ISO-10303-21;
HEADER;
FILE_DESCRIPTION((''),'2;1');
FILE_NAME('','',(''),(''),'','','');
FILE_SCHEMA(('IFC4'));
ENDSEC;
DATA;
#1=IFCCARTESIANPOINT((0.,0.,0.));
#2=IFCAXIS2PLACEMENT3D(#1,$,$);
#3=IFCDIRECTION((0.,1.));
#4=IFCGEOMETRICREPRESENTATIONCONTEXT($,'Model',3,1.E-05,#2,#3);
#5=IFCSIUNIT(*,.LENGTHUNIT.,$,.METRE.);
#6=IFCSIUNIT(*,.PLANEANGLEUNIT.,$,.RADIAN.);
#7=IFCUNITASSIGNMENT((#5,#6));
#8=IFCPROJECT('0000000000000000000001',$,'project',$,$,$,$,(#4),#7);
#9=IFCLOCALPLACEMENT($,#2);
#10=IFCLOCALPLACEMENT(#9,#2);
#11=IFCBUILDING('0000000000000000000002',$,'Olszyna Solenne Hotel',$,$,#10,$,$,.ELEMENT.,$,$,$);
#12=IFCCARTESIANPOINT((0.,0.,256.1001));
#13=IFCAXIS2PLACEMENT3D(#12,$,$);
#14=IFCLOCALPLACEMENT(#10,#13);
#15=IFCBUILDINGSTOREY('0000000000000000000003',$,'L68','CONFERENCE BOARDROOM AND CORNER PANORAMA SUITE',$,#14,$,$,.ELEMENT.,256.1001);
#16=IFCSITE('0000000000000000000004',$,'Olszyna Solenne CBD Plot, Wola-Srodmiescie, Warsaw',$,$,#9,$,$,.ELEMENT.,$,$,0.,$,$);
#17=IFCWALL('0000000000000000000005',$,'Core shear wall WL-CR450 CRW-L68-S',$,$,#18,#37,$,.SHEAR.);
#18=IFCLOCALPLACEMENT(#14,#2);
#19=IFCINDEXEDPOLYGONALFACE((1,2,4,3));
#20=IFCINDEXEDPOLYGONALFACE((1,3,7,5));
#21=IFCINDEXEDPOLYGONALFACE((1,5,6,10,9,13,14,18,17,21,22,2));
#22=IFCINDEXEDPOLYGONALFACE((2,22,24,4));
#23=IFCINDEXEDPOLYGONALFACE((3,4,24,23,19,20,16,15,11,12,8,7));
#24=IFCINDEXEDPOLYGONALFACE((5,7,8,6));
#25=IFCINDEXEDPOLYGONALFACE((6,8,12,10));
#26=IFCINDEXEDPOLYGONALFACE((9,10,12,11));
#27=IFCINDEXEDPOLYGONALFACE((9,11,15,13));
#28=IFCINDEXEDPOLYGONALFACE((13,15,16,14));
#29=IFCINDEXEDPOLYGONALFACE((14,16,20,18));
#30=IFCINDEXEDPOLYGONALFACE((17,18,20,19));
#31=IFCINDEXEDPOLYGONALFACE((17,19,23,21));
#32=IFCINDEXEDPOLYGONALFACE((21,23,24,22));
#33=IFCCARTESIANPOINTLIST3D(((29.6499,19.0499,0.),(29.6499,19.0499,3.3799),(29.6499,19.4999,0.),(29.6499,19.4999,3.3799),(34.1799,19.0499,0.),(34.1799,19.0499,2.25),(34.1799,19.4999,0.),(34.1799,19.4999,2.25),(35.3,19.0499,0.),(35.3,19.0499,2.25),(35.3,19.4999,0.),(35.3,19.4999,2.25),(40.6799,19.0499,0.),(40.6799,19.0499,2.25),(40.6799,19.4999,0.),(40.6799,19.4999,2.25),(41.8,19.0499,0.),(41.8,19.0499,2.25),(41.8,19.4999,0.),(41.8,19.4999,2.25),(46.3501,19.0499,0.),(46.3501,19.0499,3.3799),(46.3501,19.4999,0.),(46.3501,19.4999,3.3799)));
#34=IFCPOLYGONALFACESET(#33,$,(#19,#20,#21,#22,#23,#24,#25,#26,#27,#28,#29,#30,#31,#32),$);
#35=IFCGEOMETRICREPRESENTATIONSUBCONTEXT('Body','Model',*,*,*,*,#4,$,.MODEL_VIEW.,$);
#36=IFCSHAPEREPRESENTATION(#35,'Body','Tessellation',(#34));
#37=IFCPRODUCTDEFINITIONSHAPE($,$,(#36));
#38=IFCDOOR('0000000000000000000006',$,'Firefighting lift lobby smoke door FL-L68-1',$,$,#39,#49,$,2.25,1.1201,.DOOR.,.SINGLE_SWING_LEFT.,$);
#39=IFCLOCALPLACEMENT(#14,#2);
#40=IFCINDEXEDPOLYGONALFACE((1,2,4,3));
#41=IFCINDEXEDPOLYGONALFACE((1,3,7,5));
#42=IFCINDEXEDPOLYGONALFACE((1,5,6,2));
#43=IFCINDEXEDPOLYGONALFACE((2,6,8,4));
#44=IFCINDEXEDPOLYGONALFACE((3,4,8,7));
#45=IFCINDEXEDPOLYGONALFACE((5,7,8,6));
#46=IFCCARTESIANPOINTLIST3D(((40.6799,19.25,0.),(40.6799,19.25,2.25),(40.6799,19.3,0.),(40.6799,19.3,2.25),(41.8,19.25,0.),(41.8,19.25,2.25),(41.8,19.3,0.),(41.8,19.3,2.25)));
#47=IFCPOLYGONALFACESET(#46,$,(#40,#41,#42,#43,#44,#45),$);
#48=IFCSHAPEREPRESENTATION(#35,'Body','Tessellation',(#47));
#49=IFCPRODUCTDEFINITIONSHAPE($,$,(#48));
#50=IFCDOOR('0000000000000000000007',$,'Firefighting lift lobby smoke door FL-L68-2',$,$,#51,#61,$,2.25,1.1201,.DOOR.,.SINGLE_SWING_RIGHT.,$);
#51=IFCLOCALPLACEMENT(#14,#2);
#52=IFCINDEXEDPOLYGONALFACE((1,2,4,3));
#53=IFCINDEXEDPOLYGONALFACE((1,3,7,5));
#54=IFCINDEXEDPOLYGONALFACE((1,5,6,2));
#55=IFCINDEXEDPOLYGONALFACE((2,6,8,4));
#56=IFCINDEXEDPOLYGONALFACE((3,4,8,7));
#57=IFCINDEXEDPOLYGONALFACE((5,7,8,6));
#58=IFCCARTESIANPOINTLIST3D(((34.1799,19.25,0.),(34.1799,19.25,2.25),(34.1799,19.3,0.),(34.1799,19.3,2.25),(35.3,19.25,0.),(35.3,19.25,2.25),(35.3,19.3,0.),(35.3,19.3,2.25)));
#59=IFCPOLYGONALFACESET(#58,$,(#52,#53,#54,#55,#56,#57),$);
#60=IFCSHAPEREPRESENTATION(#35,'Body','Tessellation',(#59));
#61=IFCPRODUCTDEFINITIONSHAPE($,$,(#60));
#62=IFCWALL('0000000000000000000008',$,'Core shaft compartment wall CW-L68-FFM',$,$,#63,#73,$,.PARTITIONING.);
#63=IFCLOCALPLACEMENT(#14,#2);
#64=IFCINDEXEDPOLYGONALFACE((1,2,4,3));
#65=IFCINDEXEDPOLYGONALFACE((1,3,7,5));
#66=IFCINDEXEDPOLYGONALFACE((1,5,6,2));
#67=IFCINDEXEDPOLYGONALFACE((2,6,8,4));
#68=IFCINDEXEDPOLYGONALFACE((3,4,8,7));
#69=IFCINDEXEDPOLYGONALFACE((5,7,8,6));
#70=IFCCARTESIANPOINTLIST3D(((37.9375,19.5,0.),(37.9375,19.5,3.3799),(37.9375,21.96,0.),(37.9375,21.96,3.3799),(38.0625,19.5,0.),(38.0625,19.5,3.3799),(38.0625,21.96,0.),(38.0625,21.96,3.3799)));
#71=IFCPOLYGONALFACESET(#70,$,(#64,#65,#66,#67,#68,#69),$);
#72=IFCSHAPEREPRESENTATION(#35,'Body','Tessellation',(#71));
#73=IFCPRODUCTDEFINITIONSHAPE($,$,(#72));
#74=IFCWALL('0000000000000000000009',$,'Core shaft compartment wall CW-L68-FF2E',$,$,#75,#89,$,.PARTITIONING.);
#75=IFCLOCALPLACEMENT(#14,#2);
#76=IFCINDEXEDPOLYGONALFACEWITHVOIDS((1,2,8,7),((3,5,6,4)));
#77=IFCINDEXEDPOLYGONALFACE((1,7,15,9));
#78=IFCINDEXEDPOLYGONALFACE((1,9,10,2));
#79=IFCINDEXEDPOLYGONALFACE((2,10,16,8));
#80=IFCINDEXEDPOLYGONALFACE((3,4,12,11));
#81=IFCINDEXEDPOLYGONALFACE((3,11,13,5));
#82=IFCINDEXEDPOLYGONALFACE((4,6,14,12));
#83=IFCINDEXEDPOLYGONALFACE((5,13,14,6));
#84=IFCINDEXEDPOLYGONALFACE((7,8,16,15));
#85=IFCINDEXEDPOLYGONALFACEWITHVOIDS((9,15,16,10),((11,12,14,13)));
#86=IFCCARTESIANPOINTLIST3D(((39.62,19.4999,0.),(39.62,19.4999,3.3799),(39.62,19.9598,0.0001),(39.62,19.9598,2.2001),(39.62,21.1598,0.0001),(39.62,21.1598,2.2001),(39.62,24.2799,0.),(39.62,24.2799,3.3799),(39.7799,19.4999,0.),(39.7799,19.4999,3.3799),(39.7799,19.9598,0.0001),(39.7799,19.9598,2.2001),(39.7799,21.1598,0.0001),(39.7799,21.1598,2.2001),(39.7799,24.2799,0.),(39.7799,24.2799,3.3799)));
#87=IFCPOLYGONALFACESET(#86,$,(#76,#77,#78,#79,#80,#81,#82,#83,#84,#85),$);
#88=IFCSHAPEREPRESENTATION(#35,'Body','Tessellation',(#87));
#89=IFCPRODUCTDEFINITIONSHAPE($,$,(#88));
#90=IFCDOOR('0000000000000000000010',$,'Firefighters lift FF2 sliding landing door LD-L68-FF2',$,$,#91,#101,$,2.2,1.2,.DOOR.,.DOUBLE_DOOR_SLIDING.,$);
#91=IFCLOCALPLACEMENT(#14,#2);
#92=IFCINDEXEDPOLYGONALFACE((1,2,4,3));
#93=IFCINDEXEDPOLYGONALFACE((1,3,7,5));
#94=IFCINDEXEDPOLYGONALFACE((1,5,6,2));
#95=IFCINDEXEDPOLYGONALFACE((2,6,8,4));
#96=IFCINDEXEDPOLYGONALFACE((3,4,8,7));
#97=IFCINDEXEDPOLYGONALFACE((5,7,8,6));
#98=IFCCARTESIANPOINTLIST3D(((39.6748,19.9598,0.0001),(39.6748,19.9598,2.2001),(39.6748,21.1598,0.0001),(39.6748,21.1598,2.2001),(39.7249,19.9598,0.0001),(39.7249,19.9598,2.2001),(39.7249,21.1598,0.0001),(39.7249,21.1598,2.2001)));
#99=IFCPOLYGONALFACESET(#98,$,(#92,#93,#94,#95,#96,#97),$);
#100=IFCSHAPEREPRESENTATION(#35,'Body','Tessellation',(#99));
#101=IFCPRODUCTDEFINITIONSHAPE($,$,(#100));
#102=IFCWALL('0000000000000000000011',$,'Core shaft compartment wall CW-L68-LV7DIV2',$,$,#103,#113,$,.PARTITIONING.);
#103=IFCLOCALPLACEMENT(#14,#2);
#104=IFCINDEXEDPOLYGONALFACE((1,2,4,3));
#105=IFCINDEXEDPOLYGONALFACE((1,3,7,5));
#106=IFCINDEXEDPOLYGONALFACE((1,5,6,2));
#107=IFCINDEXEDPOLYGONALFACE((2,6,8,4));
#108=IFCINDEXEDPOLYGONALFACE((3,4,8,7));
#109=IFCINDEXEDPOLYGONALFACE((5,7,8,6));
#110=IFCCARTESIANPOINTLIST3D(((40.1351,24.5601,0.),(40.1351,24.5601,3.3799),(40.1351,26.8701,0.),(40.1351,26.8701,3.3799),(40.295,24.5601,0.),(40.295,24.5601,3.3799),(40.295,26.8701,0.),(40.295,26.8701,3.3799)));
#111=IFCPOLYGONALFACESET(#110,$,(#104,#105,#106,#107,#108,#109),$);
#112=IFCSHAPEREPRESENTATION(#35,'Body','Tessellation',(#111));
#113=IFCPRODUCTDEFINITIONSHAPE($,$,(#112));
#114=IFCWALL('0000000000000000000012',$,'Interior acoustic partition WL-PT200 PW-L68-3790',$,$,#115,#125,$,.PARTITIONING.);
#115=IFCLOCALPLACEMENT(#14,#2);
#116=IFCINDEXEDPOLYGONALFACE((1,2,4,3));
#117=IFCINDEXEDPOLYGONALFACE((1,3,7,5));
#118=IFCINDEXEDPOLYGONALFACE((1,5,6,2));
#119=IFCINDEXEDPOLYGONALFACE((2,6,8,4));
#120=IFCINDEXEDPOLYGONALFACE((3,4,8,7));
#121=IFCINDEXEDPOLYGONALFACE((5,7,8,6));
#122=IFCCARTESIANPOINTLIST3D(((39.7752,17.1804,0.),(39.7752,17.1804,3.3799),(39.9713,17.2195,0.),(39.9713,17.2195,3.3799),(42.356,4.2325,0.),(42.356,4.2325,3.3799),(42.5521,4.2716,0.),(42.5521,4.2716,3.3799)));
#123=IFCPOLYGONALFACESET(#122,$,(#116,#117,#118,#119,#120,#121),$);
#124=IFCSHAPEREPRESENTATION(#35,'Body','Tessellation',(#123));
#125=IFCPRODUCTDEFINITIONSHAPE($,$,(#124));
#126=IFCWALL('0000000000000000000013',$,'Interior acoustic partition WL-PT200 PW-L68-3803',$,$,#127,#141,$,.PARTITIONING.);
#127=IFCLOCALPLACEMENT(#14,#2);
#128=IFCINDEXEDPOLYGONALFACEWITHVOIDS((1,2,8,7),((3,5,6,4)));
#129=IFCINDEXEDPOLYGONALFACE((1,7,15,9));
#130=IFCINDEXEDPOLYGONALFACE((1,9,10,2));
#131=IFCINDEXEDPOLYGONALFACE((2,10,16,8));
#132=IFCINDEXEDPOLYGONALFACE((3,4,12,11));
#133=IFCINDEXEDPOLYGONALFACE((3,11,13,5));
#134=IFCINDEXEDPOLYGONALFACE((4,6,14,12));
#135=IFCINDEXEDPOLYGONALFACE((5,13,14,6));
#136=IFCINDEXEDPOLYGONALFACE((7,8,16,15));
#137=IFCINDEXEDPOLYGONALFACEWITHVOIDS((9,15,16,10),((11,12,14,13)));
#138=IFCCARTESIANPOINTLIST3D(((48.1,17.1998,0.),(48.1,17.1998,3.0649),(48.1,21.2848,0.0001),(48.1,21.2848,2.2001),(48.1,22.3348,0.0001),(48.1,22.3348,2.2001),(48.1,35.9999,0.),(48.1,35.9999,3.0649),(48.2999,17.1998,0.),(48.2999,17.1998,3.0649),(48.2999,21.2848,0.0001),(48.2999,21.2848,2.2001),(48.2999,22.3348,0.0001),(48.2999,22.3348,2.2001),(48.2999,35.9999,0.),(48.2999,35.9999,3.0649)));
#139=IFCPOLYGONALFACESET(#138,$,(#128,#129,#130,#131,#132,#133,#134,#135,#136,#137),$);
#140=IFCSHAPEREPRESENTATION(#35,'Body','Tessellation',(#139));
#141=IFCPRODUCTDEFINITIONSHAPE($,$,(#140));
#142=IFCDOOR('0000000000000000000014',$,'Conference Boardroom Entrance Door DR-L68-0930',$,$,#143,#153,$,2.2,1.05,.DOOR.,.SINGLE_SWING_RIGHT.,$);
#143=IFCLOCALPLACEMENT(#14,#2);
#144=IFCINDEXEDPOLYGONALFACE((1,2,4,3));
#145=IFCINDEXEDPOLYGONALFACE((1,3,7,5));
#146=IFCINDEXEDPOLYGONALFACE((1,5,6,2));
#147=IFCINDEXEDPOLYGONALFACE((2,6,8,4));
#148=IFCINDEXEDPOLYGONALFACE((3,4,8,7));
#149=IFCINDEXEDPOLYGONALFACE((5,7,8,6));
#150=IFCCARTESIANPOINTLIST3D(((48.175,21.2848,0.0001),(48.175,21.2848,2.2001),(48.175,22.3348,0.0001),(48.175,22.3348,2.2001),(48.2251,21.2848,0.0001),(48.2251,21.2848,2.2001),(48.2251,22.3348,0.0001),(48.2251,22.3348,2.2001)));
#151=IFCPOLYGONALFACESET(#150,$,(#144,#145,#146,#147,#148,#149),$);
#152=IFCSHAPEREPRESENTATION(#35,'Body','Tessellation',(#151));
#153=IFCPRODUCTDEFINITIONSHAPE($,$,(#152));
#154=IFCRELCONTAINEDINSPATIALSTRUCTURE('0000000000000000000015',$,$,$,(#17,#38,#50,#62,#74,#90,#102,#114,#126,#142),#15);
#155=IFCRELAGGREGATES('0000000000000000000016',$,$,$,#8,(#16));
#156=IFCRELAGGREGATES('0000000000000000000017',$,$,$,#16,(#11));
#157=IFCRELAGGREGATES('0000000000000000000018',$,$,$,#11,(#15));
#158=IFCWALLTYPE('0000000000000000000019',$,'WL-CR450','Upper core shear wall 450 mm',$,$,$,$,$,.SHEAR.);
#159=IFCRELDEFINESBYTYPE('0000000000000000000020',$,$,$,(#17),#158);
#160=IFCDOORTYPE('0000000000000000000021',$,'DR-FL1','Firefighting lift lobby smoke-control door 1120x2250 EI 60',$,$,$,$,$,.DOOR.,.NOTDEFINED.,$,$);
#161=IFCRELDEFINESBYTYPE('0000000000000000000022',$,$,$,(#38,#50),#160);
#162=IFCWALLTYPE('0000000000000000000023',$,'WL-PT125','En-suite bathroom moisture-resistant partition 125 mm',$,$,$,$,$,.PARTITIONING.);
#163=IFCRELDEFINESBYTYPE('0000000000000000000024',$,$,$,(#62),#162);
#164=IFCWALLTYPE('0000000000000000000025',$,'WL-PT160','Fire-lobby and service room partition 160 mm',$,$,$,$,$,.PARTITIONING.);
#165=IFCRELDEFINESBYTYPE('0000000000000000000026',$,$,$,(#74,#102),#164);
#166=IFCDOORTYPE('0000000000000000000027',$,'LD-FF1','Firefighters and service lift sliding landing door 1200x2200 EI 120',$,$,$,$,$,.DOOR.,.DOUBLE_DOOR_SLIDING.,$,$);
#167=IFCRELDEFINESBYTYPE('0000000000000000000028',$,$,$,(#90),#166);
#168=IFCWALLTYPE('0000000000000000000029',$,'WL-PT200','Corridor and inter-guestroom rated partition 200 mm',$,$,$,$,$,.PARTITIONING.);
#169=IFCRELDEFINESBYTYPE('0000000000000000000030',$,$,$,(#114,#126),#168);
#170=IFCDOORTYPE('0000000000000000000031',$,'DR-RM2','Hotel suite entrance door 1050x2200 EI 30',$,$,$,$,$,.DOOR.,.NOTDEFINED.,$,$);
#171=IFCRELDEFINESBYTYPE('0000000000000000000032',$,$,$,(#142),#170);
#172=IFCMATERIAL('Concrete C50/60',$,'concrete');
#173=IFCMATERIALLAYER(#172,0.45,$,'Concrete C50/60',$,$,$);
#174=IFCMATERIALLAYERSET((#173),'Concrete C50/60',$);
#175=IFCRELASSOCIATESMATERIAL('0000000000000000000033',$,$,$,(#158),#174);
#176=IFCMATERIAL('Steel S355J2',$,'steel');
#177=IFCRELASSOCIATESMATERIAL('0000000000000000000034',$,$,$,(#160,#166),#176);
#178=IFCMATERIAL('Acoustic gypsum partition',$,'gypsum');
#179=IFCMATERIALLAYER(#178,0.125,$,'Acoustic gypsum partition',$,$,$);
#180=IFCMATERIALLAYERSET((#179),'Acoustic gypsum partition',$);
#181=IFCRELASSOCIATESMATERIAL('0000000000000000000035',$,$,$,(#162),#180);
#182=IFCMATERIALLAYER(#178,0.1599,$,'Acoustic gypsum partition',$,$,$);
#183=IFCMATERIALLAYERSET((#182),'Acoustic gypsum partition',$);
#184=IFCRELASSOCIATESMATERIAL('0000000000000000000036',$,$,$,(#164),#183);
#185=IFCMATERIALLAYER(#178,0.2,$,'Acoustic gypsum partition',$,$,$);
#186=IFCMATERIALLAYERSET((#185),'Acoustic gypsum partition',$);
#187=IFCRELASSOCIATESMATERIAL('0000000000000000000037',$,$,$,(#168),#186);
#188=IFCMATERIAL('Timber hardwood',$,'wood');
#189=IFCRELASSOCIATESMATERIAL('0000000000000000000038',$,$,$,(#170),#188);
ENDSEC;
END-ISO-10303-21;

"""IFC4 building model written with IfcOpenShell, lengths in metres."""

from ifc_helpers import new_model, si_unit, direction, frame, frame_2d, origin, place, context, subcontext, project, spatial, rectangle, extrude, source, transform, mapped, material, layer, layer_set, type_object, type_shapes, element, fill, save


model = new_model("IFC4")

# Units and contexts
model_context = context("Model", 3, precision=1e-05, world=origin(), true_north=direction((0.0, 1.0)))
body_context = subcontext(model_context, "Body", "Model", "MODEL_VIEW")
ifc_project = project(units=[si_unit("LENGTHUNIT", "METRE"), si_unit("PLANEANGLEUNIT", "RADIAN")], contexts=[model_context])

# Site, building, storey
site_placement = place(None, origin())
site = spatial("IfcSite", under=ifc_project, at=site_placement, Name="Olszyna Solenne CBD Plot, Wola-Srodmiescie, Warsaw", CompositionType="ELEMENT", RefElevation=0.0)
building_placement = place(site_placement, origin())
building = spatial("IfcBuilding", under=site, at=building_placement, Name="Olszyna Solenne Hotel", CompositionType="ELEMENT")
storey_placement = place(building_placement, frame((0.0, 0.0, 256.1001)))
storey = spatial("IfcBuildingStorey", under=building, at=storey_placement, Name="L68", Description="CONFERENCE BOARDROOM AND CORNER PANORAMA SUITE", CompositionType="ELEMENT", Elevation=256.1001)

# Shared definitions
ifc_material_1 = material(Name="Steel S355J2", Category="steel")

# Shared definitions
ifc_material_2 = material(Name="Concrete C50/60", Category="concrete")

# Wall, openings, doors
ifc_layer_1 = layer(ifc_material_2, 0.45, Name="Concrete C50/60")
ifc_layer_set_1 = layer_set([ifc_layer_1], Name="Concrete C50/60")
wall_type_1 = type_object("IfcWallType", Name="WL-CR450", Description="Upper core shear wall 450 mm", PredefinedType="SHEAR", material=ifc_layer_set_1)
wall_1_placement = place(storey_placement, frame((46.3501, 19.2749, 0.0), z_axis=(0.0, 0.0, 1.0), x_axis=(-1.0, 0.0, 0.0)))
wall_1 = element("IfcWall", 1, at=wall_1_placement, inside=storey, type_object=wall_type_1, Name="Core shear wall WL-CR450 CRW-L68-S", PredefinedType="SHEAR", context=body_context, shape_type="SweptSolid", body=[
    extrude(rectangle(XDim=16.7002, YDim=0.45, at=frame_2d((8.3501, 0.0))), origin(), (0.0, 0.0, 1.0), 3.3799),
])
opening_1_placement = place(wall_1_placement, frame((4.55, 0.0, 0.0)))
opening_1 = element("IfcOpeningElement", 2, at=opening_1_placement, cuts=wall_1, PredefinedType="OPENING", context=body_context, shape_type="SweptSolid", body=[
    extrude(rectangle(XDim=1.1201, YDim=2.25, at=frame_2d((0.5601, 1.125))), frame((0.0, 0.2349, 0.0), z_axis=(0.0, -1.0, 0.0), x_axis=(1.0, 0.0, 0.0)), (0.0, 0.0, 1.0), 0.47),
])
opening_2_placement = place(wall_1_placement, frame((11.05, 0.0, 0.0)))
opening_2 = element("IfcOpeningElement", 3, at=opening_2_placement, cuts=wall_1, PredefinedType="OPENING", context=body_context, shape_type="SweptSolid", body=[
    extrude(rectangle(XDim=1.1201, YDim=2.25, at=frame_2d((0.5601, 1.125))), frame((0.0, 0.2349, 0.0), z_axis=(0.0, -1.0, 0.0), x_axis=(1.0, 0.0, 0.0)), (0.0, 0.0, 1.0), 0.47),
])
door_type_1 = type_object("IfcDoorType", Name="DR-FL1", Description="Firefighting lift lobby smoke-control door 1120x2250 EI 60", OperationType="NOTDEFINED", PredefinedType="DOOR", material=ifc_material_1)
shared_shape_1 = source(origin(), body_context, "Body", "SweptSolid", [
    extrude(rectangle(XDim=1.1201, YDim=2.25, at=frame_2d((0.5601, 1.125))), frame((0.0, 0.0249, 0.0), z_axis=(0.0, -1.0, 0.0), x_axis=(1.0, 0.0, 0.0)), (0.0, 0.0, 1.0), 0.05),
])
type_shapes(door_type_1, [shared_shape_1])
door_1_placement = place(opening_1_placement, origin())
door_1 = element("IfcDoor", 4, at=door_1_placement, inside=storey, type_object=door_type_1, Name="Firefighting lift lobby smoke door FL-L68-1", OperationType="SINGLE_SWING_LEFT", OverallHeight=2.25, OverallWidth=1.1201, PredefinedType="DOOR", context=body_context, shape_type="MappedRepresentation", body=[
    mapped(shared_shape_1, transform((0.0, 0.0, 0.0), x_axis=(1.0, 0.0, 0.0), y_axis=(0.0, 1.0, 0.0), z_axis=(0.0, 0.0, 1.0), scale=1.0)),
])
fill(opening_1, door_1)
door_2_placement = place(opening_2_placement, origin())
door_2 = element("IfcDoor", 5, at=door_2_placement, inside=storey, type_object=door_type_1, Name="Firefighting lift lobby smoke door FL-L68-2", OperationType="SINGLE_SWING_RIGHT", OverallHeight=2.25, OverallWidth=1.1201, PredefinedType="DOOR", context=body_context, shape_type="MappedRepresentation", body=[
    mapped(shared_shape_1, transform((0.0, 0.0, 0.0), x_axis=(1.0, 0.0, 0.0), y_axis=(0.0, 1.0, 0.0), z_axis=(0.0, 0.0, 1.0), scale=1.0)),
])
fill(opening_2, door_2)

# Wall
ifc_material_3 = material(Name="Acoustic gypsum partition", Category="gypsum")
ifc_layer_2 = layer(ifc_material_3, 0.125, Name="Acoustic gypsum partition")
ifc_layer_set_2 = layer_set([ifc_layer_2], Name="Acoustic gypsum partition")
wall_type_2 = type_object("IfcWallType", Name="WL-PT125", Description="En-suite bathroom moisture-resistant partition 125 mm", PredefinedType="PARTITIONING", material=ifc_layer_set_2)
wall_2_placement = place(storey_placement, frame((38.0, 19.5, 0.0), z_axis=(0.0, 0.0, 1.0), x_axis=(0.0, 1.0, 0.0)))
element("IfcWall", 6, at=wall_2_placement, inside=storey, type_object=wall_type_2, Name="Core shaft compartment wall CW-L68-FFM", PredefinedType="PARTITIONING", context=body_context, shape_type="SweptSolid", body=[
    extrude(rectangle(XDim=2.46, YDim=0.125, at=frame_2d((1.23, 0.0))), origin(), (0.0, 0.0, 1.0), 3.3799),
])

# Wall, opening, door
ifc_layer_3 = layer(ifc_material_3, 0.1599, Name="Acoustic gypsum partition")
ifc_layer_set_3 = layer_set([ifc_layer_3], Name="Acoustic gypsum partition")
wall_type_3 = type_object("IfcWallType", Name="WL-PT160", Description="Fire-lobby and service room partition 160 mm", PredefinedType="PARTITIONING", material=ifc_layer_set_3)
wall_3_placement = place(storey_placement, frame((39.7, 24.28, 0.0), z_axis=(0.0, 0.0, 1.0), x_axis=(0.0, -1.0, 0.0)))
wall_3 = element("IfcWall", 7, at=wall_3_placement, inside=storey, type_object=wall_type_3, Name="Core shaft compartment wall CW-L68-FF2E", PredefinedType="PARTITIONING", context=body_context, shape_type="SweptSolid", body=[
    extrude(rectangle(XDim=4.78, YDim=0.1599, at=frame_2d((2.3901, 0.0))), origin(), (0.0, 0.0, 1.0), 3.3799),
])
opening_3_placement = place(wall_3_placement, frame((3.1201, 0.0, 0.0)))
opening_3 = element("IfcOpeningElement", 8, at=opening_3_placement, cuts=wall_3, PredefinedType="OPENING", context=body_context, shape_type="SweptSolid", body=[
    extrude(rectangle(XDim=1.2, YDim=2.2, at=frame_2d((0.6001, 1.1001))), frame((0.0, 0.0898, 0.0), z_axis=(0.0, -1.0, 0.0), x_axis=(1.0, 0.0, 0.0)), (0.0, 0.0, 1.0), 0.1799),
])
door_type_2 = type_object("IfcDoorType", Name="LD-FF1", Description="Firefighters and service lift sliding landing door 1200x2200 EI 120", OperationType="DOUBLE_DOOR_SLIDING", PredefinedType="DOOR", material=ifc_material_1)
shared_shape_2 = source(origin(), body_context, "Body", "SweptSolid", [
    extrude(rectangle(XDim=1.2, YDim=2.2, at=frame_2d((0.6001, 1.1001))), frame((0.0, 0.0249, 0.0), z_axis=(0.0, -1.0, 0.0), x_axis=(1.0, 0.0, 0.0)), (0.0, 0.0, 1.0), 0.05),
])
type_shapes(door_type_2, [shared_shape_2])
door_3_placement = place(opening_3_placement, origin())
door_3 = element("IfcDoor", 9, at=door_3_placement, inside=storey, type_object=door_type_2, Name="Firefighters lift FF2 sliding landing door LD-L68-FF2", OperationType="DOUBLE_DOOR_SLIDING", OverallHeight=2.2, OverallWidth=1.2, PredefinedType="DOOR", context=body_context, shape_type="MappedRepresentation", body=[
    mapped(shared_shape_2, transform((0.0, 0.0, 0.0), x_axis=(1.0, 0.0, 0.0), y_axis=(0.0, 1.0, 0.0), z_axis=(0.0, 0.0, 1.0), scale=1.0)),
])
fill(opening_3, door_3)

# Walls
wall_4_placement = place(storey_placement, frame((40.2151, 24.5601, 0.0), z_axis=(0.0, 0.0, 1.0), x_axis=(0.0, 1.0, 0.0)))
element("IfcWall", 10, at=wall_4_placement, inside=storey, type_object=wall_type_3, Name="Core shaft compartment wall CW-L68-LV7DIV2", PredefinedType="PARTITIONING", context=body_context, shape_type="SweptSolid", body=[
    extrude(rectangle(XDim=2.3101, YDim=0.1599, at=frame_2d((1.155, 0.0))), origin(), (0.0, 0.0, 1.0), 3.3799),
])
ifc_layer_4 = layer(ifc_material_3, 0.2, Name="Acoustic gypsum partition")
ifc_layer_set_4 = layer_set([ifc_layer_4], Name="Acoustic gypsum partition")
wall_type_4 = type_object("IfcWallType", Name="WL-PT200", Description="Corridor and inter-guestroom rated partition 200 mm", PredefinedType="PARTITIONING", material=ifc_layer_set_4)
wall_5_placement = place(storey_placement, frame((39.8733, 17.2, 0.0), z_axis=(0.0, 0.0, 1.0), x_axis=(0.195476, -0.980708, 0.0)))
element("IfcWall", 11, at=wall_5_placement, inside=storey, type_object=wall_type_4, Name="Interior acoustic partition WL-PT200 PW-L68-3790", PredefinedType="PARTITIONING", context=body_context, shape_type="SweptSolid", body=[
    extrude(rectangle(XDim=13.2026, YDim=0.2, at=frame_2d((6.6013, 0.0))), origin(), (0.0, 0.0, 1.0), 3.3799),
])

# Wall, opening, door
wall_6_placement = place(storey_placement, frame((48.2, 17.2, 0.0), z_axis=(0.0, 0.0, 1.0), x_axis=(0.0, 1.0, 0.0)))
wall_6 = element("IfcWall", 12, at=wall_6_placement, inside=storey, type_object=wall_type_4, Name="Interior acoustic partition WL-PT200 PW-L68-3803", PredefinedType="PARTITIONING", context=body_context, shape_type="SweptSolid", body=[
    extrude(rectangle(XDim=18.8, YDim=0.2, at=frame_2d((9.3999, 0.0))), origin(), (0.0, 0.0, 1.0), 3.0649),
])
opening_4_placement = place(wall_6_placement, frame((4.085, 0.0, 0.0)))
opening_4 = element("IfcOpeningElement", 13, at=opening_4_placement, cuts=wall_6, PredefinedType="OPENING", context=body_context, shape_type="SweptSolid", body=[
    extrude(rectangle(XDim=1.05, YDim=2.2, at=frame_2d((0.5249, 1.1001))), frame((0.0, 0.1099, 0.0), z_axis=(0.0, -1.0, 0.0), x_axis=(1.0, 0.0, 0.0)), (0.0, 0.0, 1.0), 0.22),
])
ifc_material_4 = material(Name="Timber hardwood", Category="wood")
door_type_3 = type_object("IfcDoorType", Name="DR-RM2", Description="Hotel suite entrance door 1050x2200 EI 30", OperationType="NOTDEFINED", PredefinedType="DOOR", material=ifc_material_4)
shared_shape_3 = source(origin(), body_context, "Body", "SweptSolid", [
    extrude(rectangle(XDim=1.05, YDim=2.2, at=frame_2d((0.5249, 1.1001))), frame((0.0, 0.0249, 0.0), z_axis=(0.0, -1.0, 0.0), x_axis=(1.0, 0.0, 0.0)), (0.0, 0.0, 1.0), 0.05),
])
type_shapes(door_type_3, [shared_shape_3])
door_4_placement = place(opening_4_placement, origin())
door_4 = element("IfcDoor", 14, at=door_4_placement, inside=storey, type_object=door_type_3, Name="Conference Boardroom Entrance Door DR-L68-0930", OperationType="SINGLE_SWING_RIGHT", OverallHeight=2.2, OverallWidth=1.05, PredefinedType="DOOR", context=body_context, shape_type="MappedRepresentation", body=[
    mapped(shared_shape_3, transform((0.0, 0.0, 0.0), x_axis=(1.0, 0.0, 0.0), y_axis=(0.0, 1.0, 0.0), z_axis=(0.0, 0.0, 1.0), scale=1.0)),
])
fill(opening_4, door_4)

save(model, "model.ifc")
